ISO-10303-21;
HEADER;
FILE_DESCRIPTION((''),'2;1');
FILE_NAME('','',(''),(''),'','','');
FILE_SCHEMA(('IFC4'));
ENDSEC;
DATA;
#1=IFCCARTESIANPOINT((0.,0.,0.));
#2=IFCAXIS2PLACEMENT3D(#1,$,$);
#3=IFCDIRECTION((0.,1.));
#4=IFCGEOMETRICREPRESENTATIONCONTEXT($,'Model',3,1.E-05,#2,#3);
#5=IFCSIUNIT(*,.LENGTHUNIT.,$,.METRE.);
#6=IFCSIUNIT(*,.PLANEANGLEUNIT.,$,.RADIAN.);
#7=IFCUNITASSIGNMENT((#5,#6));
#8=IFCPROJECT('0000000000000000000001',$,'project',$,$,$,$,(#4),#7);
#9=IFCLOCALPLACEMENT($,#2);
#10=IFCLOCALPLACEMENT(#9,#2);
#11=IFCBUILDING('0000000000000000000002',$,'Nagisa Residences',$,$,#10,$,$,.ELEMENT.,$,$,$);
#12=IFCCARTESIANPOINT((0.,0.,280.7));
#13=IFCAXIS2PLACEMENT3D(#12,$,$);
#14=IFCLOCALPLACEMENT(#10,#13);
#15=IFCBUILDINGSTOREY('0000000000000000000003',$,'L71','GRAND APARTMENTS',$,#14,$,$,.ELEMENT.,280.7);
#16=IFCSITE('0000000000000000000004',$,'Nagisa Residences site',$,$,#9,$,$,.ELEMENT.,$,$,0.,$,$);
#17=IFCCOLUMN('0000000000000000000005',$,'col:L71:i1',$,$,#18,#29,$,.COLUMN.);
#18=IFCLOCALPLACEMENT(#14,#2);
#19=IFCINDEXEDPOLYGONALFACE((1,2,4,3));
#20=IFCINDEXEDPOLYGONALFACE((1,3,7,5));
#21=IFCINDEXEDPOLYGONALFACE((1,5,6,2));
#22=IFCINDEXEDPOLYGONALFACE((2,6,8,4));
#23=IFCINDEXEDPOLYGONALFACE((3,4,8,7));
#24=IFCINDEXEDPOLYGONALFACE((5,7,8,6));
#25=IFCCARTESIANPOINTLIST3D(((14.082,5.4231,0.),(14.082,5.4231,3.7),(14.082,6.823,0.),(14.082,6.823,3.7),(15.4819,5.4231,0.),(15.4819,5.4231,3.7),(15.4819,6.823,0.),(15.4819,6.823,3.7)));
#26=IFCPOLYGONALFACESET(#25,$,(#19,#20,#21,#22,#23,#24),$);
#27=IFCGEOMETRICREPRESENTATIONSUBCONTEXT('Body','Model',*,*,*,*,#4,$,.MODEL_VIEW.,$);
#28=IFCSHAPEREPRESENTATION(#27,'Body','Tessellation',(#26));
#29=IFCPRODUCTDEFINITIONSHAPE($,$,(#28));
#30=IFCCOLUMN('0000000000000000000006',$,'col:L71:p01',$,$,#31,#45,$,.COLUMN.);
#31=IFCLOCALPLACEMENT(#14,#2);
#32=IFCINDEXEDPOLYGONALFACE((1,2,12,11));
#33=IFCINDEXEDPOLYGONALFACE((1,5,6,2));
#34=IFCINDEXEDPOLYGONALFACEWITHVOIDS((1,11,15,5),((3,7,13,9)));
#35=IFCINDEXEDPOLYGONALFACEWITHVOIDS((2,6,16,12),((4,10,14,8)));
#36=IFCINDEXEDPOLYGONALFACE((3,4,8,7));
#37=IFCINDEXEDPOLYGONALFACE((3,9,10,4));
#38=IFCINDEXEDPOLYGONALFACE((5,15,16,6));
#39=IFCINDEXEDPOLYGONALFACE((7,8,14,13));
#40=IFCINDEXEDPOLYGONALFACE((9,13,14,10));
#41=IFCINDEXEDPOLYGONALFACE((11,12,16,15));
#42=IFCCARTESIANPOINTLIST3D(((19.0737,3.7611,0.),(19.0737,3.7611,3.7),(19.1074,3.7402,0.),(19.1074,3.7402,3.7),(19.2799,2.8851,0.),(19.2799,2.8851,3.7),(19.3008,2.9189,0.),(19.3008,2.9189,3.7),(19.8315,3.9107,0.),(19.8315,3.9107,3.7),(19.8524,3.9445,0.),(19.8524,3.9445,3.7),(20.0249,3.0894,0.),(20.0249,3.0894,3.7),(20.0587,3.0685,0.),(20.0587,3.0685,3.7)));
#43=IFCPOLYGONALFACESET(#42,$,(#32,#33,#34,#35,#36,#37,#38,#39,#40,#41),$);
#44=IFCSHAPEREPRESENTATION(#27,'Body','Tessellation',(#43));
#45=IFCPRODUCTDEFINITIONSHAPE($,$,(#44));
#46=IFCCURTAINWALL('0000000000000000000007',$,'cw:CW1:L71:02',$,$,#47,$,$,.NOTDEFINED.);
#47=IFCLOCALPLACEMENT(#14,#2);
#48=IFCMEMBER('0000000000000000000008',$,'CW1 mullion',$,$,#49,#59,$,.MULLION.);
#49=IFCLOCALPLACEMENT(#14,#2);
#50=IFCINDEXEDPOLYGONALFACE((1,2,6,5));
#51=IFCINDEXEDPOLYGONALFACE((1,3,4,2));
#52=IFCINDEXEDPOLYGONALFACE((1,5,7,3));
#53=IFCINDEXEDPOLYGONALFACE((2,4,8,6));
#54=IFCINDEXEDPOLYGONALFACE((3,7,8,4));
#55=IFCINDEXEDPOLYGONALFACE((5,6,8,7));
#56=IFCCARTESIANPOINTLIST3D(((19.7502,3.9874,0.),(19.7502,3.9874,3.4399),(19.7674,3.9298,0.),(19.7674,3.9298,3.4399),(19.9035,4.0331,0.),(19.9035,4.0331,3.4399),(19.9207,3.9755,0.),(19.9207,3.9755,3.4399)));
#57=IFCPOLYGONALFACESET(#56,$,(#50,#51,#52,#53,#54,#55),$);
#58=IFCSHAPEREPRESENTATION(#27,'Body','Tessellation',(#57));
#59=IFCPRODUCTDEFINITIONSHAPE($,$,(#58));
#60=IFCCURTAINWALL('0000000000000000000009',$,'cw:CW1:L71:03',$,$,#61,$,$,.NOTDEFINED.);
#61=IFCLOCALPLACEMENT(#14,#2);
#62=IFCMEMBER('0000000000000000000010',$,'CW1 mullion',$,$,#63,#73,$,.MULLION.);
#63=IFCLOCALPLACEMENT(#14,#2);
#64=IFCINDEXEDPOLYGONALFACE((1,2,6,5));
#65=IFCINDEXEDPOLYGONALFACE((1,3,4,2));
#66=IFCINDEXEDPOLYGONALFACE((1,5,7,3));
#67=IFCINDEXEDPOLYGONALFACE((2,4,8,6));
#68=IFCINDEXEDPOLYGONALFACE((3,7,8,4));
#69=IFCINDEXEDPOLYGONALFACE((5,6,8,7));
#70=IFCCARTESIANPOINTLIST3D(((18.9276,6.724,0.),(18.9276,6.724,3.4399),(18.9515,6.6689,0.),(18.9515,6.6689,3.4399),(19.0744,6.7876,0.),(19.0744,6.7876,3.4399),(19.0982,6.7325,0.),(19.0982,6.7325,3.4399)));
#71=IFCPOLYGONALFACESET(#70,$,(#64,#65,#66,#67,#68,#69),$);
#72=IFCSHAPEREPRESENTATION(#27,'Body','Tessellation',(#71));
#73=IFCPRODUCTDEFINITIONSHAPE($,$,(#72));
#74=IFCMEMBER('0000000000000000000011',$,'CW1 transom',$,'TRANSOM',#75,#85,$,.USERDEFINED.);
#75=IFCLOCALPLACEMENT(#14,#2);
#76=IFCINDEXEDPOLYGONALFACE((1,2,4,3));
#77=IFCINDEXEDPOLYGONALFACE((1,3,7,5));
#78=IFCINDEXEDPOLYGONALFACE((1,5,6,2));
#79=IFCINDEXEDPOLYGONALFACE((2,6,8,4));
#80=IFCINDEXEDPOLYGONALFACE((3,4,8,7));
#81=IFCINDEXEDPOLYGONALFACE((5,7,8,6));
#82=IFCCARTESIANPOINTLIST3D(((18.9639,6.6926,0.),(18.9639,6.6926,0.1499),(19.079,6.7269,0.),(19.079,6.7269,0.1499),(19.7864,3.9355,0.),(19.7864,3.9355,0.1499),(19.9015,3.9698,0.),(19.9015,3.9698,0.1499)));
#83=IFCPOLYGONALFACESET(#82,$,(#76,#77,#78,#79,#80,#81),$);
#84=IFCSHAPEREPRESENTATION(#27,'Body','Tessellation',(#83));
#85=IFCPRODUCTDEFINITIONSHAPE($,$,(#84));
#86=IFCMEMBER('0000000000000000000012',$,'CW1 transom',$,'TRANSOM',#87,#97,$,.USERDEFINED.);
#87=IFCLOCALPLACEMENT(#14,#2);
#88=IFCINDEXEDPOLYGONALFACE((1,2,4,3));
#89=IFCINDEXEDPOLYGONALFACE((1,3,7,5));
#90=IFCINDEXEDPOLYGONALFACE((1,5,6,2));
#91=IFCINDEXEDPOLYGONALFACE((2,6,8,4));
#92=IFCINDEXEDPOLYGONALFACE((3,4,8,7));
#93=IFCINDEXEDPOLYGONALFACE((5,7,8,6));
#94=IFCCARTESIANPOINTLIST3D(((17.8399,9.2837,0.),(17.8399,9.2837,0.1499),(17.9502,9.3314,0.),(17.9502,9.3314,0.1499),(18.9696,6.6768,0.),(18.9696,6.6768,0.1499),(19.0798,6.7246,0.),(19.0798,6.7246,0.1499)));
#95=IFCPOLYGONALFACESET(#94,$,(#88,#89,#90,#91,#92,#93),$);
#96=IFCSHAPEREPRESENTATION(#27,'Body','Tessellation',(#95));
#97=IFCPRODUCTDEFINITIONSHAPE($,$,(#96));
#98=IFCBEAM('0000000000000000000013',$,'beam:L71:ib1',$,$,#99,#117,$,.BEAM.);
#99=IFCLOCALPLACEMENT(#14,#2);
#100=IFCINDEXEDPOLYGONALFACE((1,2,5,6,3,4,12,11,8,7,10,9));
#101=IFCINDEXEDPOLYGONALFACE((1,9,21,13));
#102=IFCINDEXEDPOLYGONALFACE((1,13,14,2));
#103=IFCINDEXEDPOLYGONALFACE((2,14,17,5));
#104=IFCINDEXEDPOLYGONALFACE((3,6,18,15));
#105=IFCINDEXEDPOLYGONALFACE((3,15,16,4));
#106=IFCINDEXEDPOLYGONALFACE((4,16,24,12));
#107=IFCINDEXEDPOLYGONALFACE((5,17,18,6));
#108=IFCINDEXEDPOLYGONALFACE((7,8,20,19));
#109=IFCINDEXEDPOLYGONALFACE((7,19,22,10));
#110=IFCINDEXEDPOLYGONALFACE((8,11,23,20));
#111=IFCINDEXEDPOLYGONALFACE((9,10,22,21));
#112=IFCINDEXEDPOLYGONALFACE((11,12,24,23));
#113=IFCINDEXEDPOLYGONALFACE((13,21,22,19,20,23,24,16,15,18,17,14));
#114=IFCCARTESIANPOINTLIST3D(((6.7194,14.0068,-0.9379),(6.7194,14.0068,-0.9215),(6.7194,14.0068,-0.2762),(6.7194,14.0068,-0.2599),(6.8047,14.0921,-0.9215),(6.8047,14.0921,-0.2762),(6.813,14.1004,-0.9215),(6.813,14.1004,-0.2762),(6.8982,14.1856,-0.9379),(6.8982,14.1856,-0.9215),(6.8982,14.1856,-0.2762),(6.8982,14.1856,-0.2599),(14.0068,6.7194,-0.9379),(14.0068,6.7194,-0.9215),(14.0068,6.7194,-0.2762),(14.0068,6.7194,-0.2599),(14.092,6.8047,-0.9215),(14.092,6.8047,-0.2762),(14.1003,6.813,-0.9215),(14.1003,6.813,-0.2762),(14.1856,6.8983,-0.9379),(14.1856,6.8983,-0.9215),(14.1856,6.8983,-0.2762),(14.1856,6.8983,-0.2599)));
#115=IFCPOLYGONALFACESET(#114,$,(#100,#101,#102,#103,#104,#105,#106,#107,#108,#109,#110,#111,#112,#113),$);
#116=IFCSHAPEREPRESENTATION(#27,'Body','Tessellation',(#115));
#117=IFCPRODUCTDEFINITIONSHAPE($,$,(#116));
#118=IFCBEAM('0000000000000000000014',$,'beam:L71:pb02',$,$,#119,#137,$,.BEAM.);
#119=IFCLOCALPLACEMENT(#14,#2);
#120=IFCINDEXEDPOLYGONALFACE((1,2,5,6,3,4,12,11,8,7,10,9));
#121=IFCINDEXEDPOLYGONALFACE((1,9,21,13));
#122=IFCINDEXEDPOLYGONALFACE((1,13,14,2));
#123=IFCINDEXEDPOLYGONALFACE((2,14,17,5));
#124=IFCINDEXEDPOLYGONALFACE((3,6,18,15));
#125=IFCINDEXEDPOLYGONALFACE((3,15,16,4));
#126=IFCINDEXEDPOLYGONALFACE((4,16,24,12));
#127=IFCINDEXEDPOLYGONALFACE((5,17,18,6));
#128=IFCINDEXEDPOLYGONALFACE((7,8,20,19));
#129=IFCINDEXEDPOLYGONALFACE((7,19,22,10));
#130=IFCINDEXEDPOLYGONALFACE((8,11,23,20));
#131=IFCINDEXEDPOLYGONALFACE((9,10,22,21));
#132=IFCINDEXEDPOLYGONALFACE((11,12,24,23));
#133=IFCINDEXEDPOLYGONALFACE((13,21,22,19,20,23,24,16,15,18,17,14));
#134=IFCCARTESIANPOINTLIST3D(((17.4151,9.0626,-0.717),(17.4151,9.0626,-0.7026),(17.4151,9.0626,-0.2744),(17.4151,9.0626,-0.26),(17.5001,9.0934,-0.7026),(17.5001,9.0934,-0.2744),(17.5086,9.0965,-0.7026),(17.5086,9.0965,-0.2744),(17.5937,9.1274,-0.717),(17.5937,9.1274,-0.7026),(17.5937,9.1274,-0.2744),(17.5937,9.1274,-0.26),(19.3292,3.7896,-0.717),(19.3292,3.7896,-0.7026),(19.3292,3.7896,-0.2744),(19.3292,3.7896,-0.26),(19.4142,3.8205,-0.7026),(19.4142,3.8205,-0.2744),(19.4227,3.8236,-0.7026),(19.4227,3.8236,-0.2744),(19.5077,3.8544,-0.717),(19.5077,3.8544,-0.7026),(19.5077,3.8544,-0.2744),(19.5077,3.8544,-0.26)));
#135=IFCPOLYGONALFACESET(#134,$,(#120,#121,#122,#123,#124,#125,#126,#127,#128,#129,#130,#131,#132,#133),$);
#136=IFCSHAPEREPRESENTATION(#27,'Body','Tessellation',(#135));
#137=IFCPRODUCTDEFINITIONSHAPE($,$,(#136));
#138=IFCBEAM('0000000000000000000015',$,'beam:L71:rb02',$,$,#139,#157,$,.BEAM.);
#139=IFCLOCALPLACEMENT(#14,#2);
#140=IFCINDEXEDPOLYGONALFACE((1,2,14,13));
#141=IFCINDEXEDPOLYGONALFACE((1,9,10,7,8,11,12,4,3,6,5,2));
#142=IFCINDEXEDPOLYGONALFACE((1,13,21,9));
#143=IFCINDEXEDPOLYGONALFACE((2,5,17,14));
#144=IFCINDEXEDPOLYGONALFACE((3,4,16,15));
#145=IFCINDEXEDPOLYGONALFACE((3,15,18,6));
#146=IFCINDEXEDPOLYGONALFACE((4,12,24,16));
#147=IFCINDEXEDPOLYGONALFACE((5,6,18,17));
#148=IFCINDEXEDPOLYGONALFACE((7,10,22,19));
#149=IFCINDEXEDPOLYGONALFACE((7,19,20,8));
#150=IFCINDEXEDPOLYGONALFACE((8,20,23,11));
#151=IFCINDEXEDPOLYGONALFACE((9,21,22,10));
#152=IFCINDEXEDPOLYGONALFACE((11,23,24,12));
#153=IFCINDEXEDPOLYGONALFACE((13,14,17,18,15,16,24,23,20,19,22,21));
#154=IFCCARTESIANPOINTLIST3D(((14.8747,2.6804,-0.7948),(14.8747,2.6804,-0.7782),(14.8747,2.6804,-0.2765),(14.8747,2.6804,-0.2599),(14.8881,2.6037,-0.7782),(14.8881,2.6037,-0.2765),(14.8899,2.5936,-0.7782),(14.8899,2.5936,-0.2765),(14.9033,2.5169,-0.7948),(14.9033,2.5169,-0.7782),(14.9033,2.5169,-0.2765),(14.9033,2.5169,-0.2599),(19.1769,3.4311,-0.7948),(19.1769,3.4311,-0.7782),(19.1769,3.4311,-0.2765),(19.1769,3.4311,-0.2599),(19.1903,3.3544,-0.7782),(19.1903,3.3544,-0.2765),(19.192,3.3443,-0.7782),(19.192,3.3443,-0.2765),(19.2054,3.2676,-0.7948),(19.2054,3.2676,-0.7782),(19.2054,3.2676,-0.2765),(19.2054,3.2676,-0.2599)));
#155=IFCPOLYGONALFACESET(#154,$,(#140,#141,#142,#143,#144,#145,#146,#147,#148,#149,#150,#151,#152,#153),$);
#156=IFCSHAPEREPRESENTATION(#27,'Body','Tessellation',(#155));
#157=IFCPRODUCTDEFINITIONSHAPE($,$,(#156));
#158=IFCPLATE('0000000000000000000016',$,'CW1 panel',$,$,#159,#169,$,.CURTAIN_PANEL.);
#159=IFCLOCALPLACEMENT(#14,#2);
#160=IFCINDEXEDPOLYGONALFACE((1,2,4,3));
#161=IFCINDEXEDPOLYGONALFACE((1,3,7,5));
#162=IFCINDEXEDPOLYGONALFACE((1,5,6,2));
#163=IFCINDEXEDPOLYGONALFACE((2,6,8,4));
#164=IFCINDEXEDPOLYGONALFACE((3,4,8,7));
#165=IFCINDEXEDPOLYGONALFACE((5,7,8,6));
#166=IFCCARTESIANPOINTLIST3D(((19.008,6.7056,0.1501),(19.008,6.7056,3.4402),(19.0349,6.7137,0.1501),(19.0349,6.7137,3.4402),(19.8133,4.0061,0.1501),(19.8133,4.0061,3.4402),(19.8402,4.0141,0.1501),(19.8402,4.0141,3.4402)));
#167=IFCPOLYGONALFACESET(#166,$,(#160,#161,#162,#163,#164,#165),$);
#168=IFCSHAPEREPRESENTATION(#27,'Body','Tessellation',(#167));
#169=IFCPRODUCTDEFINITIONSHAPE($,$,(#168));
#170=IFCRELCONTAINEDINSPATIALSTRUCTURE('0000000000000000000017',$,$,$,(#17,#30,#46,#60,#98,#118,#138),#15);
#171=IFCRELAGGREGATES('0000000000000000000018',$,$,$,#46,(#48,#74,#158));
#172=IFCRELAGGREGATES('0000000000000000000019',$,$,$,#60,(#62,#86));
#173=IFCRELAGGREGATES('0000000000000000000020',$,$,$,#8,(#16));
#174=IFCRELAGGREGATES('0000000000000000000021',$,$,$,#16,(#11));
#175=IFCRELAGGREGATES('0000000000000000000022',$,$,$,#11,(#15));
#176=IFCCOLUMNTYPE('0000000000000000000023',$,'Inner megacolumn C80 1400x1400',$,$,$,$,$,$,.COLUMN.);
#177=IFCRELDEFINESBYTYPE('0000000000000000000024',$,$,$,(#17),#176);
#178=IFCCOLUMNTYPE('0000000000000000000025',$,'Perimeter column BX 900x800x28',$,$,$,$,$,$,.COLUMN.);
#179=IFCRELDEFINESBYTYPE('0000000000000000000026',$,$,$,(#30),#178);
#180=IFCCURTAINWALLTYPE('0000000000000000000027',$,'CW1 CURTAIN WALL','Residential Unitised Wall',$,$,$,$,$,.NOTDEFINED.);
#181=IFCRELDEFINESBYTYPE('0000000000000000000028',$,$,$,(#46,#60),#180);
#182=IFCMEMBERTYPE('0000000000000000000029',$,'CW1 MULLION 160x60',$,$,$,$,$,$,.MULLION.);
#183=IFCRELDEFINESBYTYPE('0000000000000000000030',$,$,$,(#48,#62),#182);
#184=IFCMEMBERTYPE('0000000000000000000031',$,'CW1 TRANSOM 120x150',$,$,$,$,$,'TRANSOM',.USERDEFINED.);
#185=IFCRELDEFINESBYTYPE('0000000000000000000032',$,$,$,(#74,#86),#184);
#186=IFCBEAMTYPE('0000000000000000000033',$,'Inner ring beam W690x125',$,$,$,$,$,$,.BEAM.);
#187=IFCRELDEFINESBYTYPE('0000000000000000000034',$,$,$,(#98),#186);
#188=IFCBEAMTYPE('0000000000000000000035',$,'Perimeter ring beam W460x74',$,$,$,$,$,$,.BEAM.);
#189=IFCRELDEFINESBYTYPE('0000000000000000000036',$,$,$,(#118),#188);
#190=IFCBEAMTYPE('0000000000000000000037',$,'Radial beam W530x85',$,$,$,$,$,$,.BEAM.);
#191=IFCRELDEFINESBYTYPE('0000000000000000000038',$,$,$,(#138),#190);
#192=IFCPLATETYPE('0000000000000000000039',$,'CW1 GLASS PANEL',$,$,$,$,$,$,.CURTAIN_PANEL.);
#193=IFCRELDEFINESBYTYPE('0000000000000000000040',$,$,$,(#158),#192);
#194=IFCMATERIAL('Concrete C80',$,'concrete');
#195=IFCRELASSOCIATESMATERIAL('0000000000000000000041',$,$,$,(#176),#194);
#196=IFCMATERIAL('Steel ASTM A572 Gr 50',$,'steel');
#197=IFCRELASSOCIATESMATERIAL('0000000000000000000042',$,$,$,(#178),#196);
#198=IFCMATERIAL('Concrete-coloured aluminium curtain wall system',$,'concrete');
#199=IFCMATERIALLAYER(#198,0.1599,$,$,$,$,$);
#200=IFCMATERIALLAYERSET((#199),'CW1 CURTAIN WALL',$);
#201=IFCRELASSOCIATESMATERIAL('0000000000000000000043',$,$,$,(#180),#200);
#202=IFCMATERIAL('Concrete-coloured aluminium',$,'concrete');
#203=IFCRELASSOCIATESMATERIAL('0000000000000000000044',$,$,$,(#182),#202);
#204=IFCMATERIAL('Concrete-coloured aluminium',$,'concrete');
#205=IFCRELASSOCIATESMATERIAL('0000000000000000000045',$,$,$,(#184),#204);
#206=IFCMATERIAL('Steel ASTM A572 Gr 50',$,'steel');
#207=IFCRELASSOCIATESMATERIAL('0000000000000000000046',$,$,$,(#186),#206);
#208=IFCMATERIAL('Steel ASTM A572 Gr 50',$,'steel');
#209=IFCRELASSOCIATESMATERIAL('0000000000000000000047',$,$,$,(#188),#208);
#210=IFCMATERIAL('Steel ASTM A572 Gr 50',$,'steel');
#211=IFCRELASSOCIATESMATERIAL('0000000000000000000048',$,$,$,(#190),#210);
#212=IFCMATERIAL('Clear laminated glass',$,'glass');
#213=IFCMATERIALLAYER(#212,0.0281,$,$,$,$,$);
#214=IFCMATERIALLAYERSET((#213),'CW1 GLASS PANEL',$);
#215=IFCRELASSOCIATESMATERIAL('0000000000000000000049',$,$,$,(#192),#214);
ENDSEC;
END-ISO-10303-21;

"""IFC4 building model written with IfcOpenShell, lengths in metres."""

from ifc_helpers import new_model, si_unit, direction, frame, origin, origin_2d, place, context, subcontext, project, spatial, rectangle, hollow_rectangle, i_section, extrude, material, layer, layer_set, material_profile, profile_set, type_object, element, aggregate, save


model = new_model("IFC4")

# Units and contexts
model_context = context("Model", 3, precision=1e-05, world=origin(), true_north=direction((0.0, 1.0)))
body_context = subcontext(model_context, "Body", "Model", "MODEL_VIEW")
ifc_project = project(units=[si_unit("LENGTHUNIT", "METRE"), si_unit("PLANEANGLEUNIT", "RADIAN")], contexts=[model_context])

# Site, building, storey
site_placement = place(None, origin())
site = spatial("IfcSite", under=ifc_project, at=site_placement, Name="Nagisa Residences site", CompositionType="ELEMENT", RefElevation=0.0)
building_placement = place(site_placement, origin())
building = spatial("IfcBuilding", under=site, at=building_placement, Name="Nagisa Residences", CompositionType="ELEMENT")
storey_placement = place(building_placement, frame((0.0, 0.0, 280.7)))
storey = spatial("IfcBuildingStorey", under=building, at=storey_placement, Name="L71", Description="GRAND APARTMENTS", CompositionType="ELEMENT", Elevation=280.7)

# Columns
ifc_material_1 = material(Name="Concrete C80", Category="concrete")
ifc_material_profile_1 = material_profile(ifc_material_1, rectangle(XDim=1.3999, YDim=1.3999, at=origin_2d()), Name="C80 1400x1400")
ifc_profile_set_1 = profile_set([ifc_material_profile_1], Name="Concrete C80")
column_type_1 = type_object("IfcColumnType", Name="Inner megacolumn C80 1400x1400", PredefinedType="COLUMN", material=ifc_profile_set_1)
column_1_placement = place(storey_placement, frame((14.782, 6.123, 0.0), z_axis=(0.0, 0.0, 1.0), x_axis=(1.0, 0.0, 0.0)))
element("IfcColumn", 1, at=column_1_placement, inside=storey, type_object=column_type_1, Name="col:L71:i1", PredefinedType="COLUMN", context=body_context, shape_type="SweptSolid", body=[
    extrude(rectangle(XDim=1.3999, YDim=1.3999, at=origin_2d()), origin(), (0.0, 0.0, 1.0), 3.7),
])
ifc_material_2 = material(Name="Steel ASTM A572 Gr 50", Category="steel")
ifc_material_profile_2 = material_profile(ifc_material_2, hollow_rectangle(XDim=0.8999, YDim=0.8, WallThickness=0.0281, at=origin_2d()), Name="BX 900x800x28")
ifc_profile_set_2 = profile_set([ifc_material_profile_2], Name="Steel ASTM A572 Gr 50")
column_type_2 = type_object("IfcColumnType", Name="Perimeter column BX 900x800x28", PredefinedType="COLUMN", material=ifc_profile_set_2)
column_2_placement = place(storey_placement, frame((19.5662, 3.4148, 0.0), z_axis=(0.0, 0.0, 1.0), x_axis=(-0.229202, 0.973379, 0.0)))
element("IfcColumn", 2, at=column_2_placement, inside=storey, type_object=column_type_2, Name="col:L71:p01", PredefinedType="COLUMN", context=body_context, shape_type="SweptSolid", body=[
    extrude(hollow_rectangle(XDim=0.8999, YDim=0.8, WallThickness=0.0281, at=origin_2d()), origin(), (0.0, 0.0, 1.0), 3.7),
])

# Curtain walls, members
ifc_material_3 = material(Name="Concrete-coloured aluminium curtain wall system", Category="concrete")
ifc_layer_1 = layer(ifc_material_3, 0.1599)
ifc_layer_set_1 = layer_set([ifc_layer_1], Name="CW1 CURTAIN WALL")
curtain_wall_type = type_object("IfcCurtainWallType", Name="CW1 CURTAIN WALL", Description="Residential Unitised Wall", PredefinedType="NOTDEFINED", material=ifc_layer_set_1)
curtain_wall_1_placement = place(storey_placement, origin())
curtain_wall_1 = element("IfcCurtainWall", 3, at=curtain_wall_1_placement, inside=storey, type_object=curtain_wall_type, Name="cw:CW1:L71:02", PredefinedType="NOTDEFINED")
ifc_material_4 = material(Name="Concrete-coloured aluminium", Category="concrete")
ifc_material_profile_3 = material_profile(ifc_material_4, rectangle(XDim=0.1599, YDim=0.0601, at=origin_2d()), Name="CW1 MULLION 160x60")
ifc_profile_set_3 = profile_set([ifc_material_profile_3], Name="Concrete-coloured aluminium")
member_type_1 = type_object("IfcMemberType", Name="CW1 MULLION 160x60", PredefinedType="MULLION", material=ifc_profile_set_3)
member_1_placement = place(storey_placement, frame((19.8354, 3.9814, 0.0), z_axis=(0.0, 0.0, 1.0), x_axis=(-0.958271, -0.28586, 0.0)))
member_1 = element("IfcMember", 4, at=member_1_placement, type_object=member_type_1, Name="CW1 mullion", PredefinedType="MULLION", context=body_context, shape_type="SweptSolid", body=[
    extrude(rectangle(XDim=0.1599, YDim=0.0601, at=origin_2d()), origin(), (0.0, 0.0, 1.0), 3.4399),
])
curtain_wall_2_placement = place(storey_placement, origin())
curtain_wall_2 = element("IfcCurtainWall", 5, at=curtain_wall_2_placement, inside=storey, type_object=curtain_wall_type, Name="cw:CW1:L71:03", PredefinedType="NOTDEFINED")
member_2_placement = place(storey_placement, frame((19.0129, 6.7283, 0.0), z_axis=(0.0, 0.0, 1.0), x_axis=(-0.917543, -0.397636, 0.0)))
member_2 = element("IfcMember", 6, at=member_2_placement, type_object=member_type_1, Name="CW1 mullion", PredefinedType="MULLION", context=body_context, shape_type="SweptSolid", body=[
    extrude(rectangle(XDim=0.1599, YDim=0.0601, at=origin_2d()), origin(), (0.0, 0.0, 1.0), 3.4399),
])

# Members
ifc_material_5 = material(Name="Concrete-coloured aluminium", Category="concrete")
ifc_material_profile_4 = material_profile(ifc_material_5, rectangle(XDim=0.1201, YDim=0.1499, at=origin_2d()), Name="CW1 TRANSOM 120x150")
ifc_profile_set_4 = profile_set([ifc_material_profile_4], Name="Concrete-coloured aluminium")
member_type_2 = type_object("IfcMemberType", Name="CW1 TRANSOM 120x150", ElementType="TRANSOM", PredefinedType="USERDEFINED", material=ifc_profile_set_4)
member_3_placement = place(storey_placement, frame((19.844, 3.9526, 0.075), z_axis=(-0.285876, 0.958267, 0.0), x_axis=(-0.958267, -0.285876, 0.0)))
member_3 = element("IfcMember", 7, at=member_3_placement, type_object=member_type_2, Name="CW1 transom", ObjectType="TRANSOM", PredefinedType="USERDEFINED", context=body_context, shape_type="SweptSolid", body=[
    extrude(rectangle(XDim=0.1201, YDim=0.1499, at=origin_2d()), origin(), (0.0, 0.0, 1.0), 2.8772),
])
member_4_placement = place(storey_placement, frame((19.0247, 6.7007, 0.075), z_axis=(-0.397598, 0.91756, 0.0), x_axis=(-0.91756, -0.397598, 0.0)))
member_4 = element("IfcMember", 8, at=member_4_placement, type_object=member_type_2, Name="CW1 transom", ObjectType="TRANSOM", PredefinedType="USERDEFINED", context=body_context, shape_type="SweptSolid", body=[
    extrude(rectangle(XDim=0.1201, YDim=0.1499, at=origin_2d()), origin(), (0.0, 0.0, 1.0), 2.8411),
])

# Beams
ifc_material_6 = material(Name="Steel ASTM A572 Gr 50", Category="steel")
ifc_material_profile_5 = material_profile(ifc_material_6, i_section(OverallWidth=0.2529, OverallDepth=0.678, WebThickness=0.0117, FlangeThickness=0.0164, at=origin_2d()), Name="W690x125")
ifc_profile_set_5 = profile_set([ifc_material_profile_5], Name="Steel ASTM A572 Gr 50")
beam_type_1 = type_object("IfcBeamType", Name="Inner ring beam W690x125", PredefinedType="BEAM", material=ifc_profile_set_5)
beam_1_placement = place(storey_placement, frame((14.0962, 6.8088, -0.5989), z_axis=(-0.707107, 0.707107, 0.0), x_axis=(-0.707107, -0.707107, 0.0)))
element("IfcBeam", 9, at=beam_1_placement, inside=storey, type_object=beam_type_1, Name="beam:L71:ib1", PredefinedType="BEAM", context=body_context, shape_type="SweptSolid", body=[
    extrude(i_section(OverallWidth=0.2529, OverallDepth=0.678, WebThickness=0.0117, FlangeThickness=0.0164, at=origin_2d()), origin(), (0.0, 0.0, 1.0), 10.3059),
])
ifc_material_7 = material(Name="Steel ASTM A572 Gr 50", Category="steel")
ifc_material_profile_6 = material_profile(ifc_material_7, i_section(OverallWidth=0.1899, OverallDepth=0.457, WebThickness=0.009, FlangeThickness=0.0144, at=origin_2d()), Name="W460x74")
ifc_profile_set_6 = profile_set([ifc_material_profile_6], Name="Steel ASTM A572 Gr 50")
beam_type_2 = type_object("IfcBeamType", Name="Perimeter ring beam W460x74", PredefinedType="BEAM", material=ifc_profile_set_6)
beam_2_placement = place(storey_placement, frame((19.4185, 3.822, -0.4885), z_axis=(-0.341212, 0.939986, 0.0), x_axis=(-0.939986, -0.341212, 0.0)))
element("IfcBeam", 10, at=beam_2_placement, inside=storey, type_object=beam_type_2, Name="beam:L71:pb02", PredefinedType="BEAM", context=body_context, shape_type="SweptSolid", body=[
    extrude(i_section(OverallWidth=0.1899, OverallDepth=0.457, WebThickness=0.009, FlangeThickness=0.0144, at=origin_2d()), origin(), (0.0, 0.0, 1.0), 5.6096),
])
ifc_material_8 = material(Name="Steel ASTM A572 Gr 50", Category="steel")
ifc_material_profile_7 = material_profile(ifc_material_8, i_section(OverallWidth=0.166, OverallDepth=0.5349, WebThickness=0.0103, FlangeThickness=0.0166, at=origin_2d()), Name="W530x85")
ifc_profile_set_7 = profile_set([ifc_material_profile_7], Name="Steel ASTM A572 Gr 50")
beam_type_3 = type_object("IfcBeamType", Name="Radial beam W530x85", PredefinedType="BEAM", material=ifc_profile_set_7)
beam_3_placement = place(storey_placement, frame((19.1912, 3.3494, -0.5273), z_axis=(-0.985114, -0.1719, 0.0), x_axis=(0.1719, -0.985114, 0.0)))
element("IfcBeam", 11, at=beam_3_placement, inside=storey, type_object=beam_type_3, Name="beam:L71:rb02", PredefinedType="BEAM", context=body_context, shape_type="SweptSolid", body=[
    extrude(i_section(OverallWidth=0.166, OverallDepth=0.5349, WebThickness=0.0103, FlangeThickness=0.0166, at=origin_2d()), origin(), (0.0, 0.0, 1.0), 4.3672),
])

# Plate
ifc_material_9 = material(Name="Clear laminated glass", Category="glass")
ifc_layer_2 = layer(ifc_material_9, 0.0281)
ifc_layer_set_2 = layer_set([ifc_layer_2], Name="CW1 GLASS PANEL")
plate_type = type_object("IfcPlateType", Name="CW1 GLASS PANEL", PredefinedType="CURTAIN_PANEL", material=ifc_layer_set_2)
plate_1_placement = place(storey_placement, frame((19.4241, 5.3599, 0.1501), z_axis=(0.0, 0.0, 1.0), x_axis=(-0.28586, 0.958271, 0.0)))
plate_1 = element("IfcPlate", 12, at=plate_1_placement, type_object=plate_type, Name="CW1 panel", PredefinedType="CURTAIN_PANEL", context=body_context, shape_type="SweptSolid", body=[
    extrude(rectangle(XDim=2.8171, YDim=0.0281, at=origin_2d()), origin(), (0.0, 0.0, 1.0), 3.29),
])
aggregate(curtain_wall_1, [member_1, member_3, plate_1])
aggregate(curtain_wall_2, [member_2, member_4])

save(model, "model.ifc")
